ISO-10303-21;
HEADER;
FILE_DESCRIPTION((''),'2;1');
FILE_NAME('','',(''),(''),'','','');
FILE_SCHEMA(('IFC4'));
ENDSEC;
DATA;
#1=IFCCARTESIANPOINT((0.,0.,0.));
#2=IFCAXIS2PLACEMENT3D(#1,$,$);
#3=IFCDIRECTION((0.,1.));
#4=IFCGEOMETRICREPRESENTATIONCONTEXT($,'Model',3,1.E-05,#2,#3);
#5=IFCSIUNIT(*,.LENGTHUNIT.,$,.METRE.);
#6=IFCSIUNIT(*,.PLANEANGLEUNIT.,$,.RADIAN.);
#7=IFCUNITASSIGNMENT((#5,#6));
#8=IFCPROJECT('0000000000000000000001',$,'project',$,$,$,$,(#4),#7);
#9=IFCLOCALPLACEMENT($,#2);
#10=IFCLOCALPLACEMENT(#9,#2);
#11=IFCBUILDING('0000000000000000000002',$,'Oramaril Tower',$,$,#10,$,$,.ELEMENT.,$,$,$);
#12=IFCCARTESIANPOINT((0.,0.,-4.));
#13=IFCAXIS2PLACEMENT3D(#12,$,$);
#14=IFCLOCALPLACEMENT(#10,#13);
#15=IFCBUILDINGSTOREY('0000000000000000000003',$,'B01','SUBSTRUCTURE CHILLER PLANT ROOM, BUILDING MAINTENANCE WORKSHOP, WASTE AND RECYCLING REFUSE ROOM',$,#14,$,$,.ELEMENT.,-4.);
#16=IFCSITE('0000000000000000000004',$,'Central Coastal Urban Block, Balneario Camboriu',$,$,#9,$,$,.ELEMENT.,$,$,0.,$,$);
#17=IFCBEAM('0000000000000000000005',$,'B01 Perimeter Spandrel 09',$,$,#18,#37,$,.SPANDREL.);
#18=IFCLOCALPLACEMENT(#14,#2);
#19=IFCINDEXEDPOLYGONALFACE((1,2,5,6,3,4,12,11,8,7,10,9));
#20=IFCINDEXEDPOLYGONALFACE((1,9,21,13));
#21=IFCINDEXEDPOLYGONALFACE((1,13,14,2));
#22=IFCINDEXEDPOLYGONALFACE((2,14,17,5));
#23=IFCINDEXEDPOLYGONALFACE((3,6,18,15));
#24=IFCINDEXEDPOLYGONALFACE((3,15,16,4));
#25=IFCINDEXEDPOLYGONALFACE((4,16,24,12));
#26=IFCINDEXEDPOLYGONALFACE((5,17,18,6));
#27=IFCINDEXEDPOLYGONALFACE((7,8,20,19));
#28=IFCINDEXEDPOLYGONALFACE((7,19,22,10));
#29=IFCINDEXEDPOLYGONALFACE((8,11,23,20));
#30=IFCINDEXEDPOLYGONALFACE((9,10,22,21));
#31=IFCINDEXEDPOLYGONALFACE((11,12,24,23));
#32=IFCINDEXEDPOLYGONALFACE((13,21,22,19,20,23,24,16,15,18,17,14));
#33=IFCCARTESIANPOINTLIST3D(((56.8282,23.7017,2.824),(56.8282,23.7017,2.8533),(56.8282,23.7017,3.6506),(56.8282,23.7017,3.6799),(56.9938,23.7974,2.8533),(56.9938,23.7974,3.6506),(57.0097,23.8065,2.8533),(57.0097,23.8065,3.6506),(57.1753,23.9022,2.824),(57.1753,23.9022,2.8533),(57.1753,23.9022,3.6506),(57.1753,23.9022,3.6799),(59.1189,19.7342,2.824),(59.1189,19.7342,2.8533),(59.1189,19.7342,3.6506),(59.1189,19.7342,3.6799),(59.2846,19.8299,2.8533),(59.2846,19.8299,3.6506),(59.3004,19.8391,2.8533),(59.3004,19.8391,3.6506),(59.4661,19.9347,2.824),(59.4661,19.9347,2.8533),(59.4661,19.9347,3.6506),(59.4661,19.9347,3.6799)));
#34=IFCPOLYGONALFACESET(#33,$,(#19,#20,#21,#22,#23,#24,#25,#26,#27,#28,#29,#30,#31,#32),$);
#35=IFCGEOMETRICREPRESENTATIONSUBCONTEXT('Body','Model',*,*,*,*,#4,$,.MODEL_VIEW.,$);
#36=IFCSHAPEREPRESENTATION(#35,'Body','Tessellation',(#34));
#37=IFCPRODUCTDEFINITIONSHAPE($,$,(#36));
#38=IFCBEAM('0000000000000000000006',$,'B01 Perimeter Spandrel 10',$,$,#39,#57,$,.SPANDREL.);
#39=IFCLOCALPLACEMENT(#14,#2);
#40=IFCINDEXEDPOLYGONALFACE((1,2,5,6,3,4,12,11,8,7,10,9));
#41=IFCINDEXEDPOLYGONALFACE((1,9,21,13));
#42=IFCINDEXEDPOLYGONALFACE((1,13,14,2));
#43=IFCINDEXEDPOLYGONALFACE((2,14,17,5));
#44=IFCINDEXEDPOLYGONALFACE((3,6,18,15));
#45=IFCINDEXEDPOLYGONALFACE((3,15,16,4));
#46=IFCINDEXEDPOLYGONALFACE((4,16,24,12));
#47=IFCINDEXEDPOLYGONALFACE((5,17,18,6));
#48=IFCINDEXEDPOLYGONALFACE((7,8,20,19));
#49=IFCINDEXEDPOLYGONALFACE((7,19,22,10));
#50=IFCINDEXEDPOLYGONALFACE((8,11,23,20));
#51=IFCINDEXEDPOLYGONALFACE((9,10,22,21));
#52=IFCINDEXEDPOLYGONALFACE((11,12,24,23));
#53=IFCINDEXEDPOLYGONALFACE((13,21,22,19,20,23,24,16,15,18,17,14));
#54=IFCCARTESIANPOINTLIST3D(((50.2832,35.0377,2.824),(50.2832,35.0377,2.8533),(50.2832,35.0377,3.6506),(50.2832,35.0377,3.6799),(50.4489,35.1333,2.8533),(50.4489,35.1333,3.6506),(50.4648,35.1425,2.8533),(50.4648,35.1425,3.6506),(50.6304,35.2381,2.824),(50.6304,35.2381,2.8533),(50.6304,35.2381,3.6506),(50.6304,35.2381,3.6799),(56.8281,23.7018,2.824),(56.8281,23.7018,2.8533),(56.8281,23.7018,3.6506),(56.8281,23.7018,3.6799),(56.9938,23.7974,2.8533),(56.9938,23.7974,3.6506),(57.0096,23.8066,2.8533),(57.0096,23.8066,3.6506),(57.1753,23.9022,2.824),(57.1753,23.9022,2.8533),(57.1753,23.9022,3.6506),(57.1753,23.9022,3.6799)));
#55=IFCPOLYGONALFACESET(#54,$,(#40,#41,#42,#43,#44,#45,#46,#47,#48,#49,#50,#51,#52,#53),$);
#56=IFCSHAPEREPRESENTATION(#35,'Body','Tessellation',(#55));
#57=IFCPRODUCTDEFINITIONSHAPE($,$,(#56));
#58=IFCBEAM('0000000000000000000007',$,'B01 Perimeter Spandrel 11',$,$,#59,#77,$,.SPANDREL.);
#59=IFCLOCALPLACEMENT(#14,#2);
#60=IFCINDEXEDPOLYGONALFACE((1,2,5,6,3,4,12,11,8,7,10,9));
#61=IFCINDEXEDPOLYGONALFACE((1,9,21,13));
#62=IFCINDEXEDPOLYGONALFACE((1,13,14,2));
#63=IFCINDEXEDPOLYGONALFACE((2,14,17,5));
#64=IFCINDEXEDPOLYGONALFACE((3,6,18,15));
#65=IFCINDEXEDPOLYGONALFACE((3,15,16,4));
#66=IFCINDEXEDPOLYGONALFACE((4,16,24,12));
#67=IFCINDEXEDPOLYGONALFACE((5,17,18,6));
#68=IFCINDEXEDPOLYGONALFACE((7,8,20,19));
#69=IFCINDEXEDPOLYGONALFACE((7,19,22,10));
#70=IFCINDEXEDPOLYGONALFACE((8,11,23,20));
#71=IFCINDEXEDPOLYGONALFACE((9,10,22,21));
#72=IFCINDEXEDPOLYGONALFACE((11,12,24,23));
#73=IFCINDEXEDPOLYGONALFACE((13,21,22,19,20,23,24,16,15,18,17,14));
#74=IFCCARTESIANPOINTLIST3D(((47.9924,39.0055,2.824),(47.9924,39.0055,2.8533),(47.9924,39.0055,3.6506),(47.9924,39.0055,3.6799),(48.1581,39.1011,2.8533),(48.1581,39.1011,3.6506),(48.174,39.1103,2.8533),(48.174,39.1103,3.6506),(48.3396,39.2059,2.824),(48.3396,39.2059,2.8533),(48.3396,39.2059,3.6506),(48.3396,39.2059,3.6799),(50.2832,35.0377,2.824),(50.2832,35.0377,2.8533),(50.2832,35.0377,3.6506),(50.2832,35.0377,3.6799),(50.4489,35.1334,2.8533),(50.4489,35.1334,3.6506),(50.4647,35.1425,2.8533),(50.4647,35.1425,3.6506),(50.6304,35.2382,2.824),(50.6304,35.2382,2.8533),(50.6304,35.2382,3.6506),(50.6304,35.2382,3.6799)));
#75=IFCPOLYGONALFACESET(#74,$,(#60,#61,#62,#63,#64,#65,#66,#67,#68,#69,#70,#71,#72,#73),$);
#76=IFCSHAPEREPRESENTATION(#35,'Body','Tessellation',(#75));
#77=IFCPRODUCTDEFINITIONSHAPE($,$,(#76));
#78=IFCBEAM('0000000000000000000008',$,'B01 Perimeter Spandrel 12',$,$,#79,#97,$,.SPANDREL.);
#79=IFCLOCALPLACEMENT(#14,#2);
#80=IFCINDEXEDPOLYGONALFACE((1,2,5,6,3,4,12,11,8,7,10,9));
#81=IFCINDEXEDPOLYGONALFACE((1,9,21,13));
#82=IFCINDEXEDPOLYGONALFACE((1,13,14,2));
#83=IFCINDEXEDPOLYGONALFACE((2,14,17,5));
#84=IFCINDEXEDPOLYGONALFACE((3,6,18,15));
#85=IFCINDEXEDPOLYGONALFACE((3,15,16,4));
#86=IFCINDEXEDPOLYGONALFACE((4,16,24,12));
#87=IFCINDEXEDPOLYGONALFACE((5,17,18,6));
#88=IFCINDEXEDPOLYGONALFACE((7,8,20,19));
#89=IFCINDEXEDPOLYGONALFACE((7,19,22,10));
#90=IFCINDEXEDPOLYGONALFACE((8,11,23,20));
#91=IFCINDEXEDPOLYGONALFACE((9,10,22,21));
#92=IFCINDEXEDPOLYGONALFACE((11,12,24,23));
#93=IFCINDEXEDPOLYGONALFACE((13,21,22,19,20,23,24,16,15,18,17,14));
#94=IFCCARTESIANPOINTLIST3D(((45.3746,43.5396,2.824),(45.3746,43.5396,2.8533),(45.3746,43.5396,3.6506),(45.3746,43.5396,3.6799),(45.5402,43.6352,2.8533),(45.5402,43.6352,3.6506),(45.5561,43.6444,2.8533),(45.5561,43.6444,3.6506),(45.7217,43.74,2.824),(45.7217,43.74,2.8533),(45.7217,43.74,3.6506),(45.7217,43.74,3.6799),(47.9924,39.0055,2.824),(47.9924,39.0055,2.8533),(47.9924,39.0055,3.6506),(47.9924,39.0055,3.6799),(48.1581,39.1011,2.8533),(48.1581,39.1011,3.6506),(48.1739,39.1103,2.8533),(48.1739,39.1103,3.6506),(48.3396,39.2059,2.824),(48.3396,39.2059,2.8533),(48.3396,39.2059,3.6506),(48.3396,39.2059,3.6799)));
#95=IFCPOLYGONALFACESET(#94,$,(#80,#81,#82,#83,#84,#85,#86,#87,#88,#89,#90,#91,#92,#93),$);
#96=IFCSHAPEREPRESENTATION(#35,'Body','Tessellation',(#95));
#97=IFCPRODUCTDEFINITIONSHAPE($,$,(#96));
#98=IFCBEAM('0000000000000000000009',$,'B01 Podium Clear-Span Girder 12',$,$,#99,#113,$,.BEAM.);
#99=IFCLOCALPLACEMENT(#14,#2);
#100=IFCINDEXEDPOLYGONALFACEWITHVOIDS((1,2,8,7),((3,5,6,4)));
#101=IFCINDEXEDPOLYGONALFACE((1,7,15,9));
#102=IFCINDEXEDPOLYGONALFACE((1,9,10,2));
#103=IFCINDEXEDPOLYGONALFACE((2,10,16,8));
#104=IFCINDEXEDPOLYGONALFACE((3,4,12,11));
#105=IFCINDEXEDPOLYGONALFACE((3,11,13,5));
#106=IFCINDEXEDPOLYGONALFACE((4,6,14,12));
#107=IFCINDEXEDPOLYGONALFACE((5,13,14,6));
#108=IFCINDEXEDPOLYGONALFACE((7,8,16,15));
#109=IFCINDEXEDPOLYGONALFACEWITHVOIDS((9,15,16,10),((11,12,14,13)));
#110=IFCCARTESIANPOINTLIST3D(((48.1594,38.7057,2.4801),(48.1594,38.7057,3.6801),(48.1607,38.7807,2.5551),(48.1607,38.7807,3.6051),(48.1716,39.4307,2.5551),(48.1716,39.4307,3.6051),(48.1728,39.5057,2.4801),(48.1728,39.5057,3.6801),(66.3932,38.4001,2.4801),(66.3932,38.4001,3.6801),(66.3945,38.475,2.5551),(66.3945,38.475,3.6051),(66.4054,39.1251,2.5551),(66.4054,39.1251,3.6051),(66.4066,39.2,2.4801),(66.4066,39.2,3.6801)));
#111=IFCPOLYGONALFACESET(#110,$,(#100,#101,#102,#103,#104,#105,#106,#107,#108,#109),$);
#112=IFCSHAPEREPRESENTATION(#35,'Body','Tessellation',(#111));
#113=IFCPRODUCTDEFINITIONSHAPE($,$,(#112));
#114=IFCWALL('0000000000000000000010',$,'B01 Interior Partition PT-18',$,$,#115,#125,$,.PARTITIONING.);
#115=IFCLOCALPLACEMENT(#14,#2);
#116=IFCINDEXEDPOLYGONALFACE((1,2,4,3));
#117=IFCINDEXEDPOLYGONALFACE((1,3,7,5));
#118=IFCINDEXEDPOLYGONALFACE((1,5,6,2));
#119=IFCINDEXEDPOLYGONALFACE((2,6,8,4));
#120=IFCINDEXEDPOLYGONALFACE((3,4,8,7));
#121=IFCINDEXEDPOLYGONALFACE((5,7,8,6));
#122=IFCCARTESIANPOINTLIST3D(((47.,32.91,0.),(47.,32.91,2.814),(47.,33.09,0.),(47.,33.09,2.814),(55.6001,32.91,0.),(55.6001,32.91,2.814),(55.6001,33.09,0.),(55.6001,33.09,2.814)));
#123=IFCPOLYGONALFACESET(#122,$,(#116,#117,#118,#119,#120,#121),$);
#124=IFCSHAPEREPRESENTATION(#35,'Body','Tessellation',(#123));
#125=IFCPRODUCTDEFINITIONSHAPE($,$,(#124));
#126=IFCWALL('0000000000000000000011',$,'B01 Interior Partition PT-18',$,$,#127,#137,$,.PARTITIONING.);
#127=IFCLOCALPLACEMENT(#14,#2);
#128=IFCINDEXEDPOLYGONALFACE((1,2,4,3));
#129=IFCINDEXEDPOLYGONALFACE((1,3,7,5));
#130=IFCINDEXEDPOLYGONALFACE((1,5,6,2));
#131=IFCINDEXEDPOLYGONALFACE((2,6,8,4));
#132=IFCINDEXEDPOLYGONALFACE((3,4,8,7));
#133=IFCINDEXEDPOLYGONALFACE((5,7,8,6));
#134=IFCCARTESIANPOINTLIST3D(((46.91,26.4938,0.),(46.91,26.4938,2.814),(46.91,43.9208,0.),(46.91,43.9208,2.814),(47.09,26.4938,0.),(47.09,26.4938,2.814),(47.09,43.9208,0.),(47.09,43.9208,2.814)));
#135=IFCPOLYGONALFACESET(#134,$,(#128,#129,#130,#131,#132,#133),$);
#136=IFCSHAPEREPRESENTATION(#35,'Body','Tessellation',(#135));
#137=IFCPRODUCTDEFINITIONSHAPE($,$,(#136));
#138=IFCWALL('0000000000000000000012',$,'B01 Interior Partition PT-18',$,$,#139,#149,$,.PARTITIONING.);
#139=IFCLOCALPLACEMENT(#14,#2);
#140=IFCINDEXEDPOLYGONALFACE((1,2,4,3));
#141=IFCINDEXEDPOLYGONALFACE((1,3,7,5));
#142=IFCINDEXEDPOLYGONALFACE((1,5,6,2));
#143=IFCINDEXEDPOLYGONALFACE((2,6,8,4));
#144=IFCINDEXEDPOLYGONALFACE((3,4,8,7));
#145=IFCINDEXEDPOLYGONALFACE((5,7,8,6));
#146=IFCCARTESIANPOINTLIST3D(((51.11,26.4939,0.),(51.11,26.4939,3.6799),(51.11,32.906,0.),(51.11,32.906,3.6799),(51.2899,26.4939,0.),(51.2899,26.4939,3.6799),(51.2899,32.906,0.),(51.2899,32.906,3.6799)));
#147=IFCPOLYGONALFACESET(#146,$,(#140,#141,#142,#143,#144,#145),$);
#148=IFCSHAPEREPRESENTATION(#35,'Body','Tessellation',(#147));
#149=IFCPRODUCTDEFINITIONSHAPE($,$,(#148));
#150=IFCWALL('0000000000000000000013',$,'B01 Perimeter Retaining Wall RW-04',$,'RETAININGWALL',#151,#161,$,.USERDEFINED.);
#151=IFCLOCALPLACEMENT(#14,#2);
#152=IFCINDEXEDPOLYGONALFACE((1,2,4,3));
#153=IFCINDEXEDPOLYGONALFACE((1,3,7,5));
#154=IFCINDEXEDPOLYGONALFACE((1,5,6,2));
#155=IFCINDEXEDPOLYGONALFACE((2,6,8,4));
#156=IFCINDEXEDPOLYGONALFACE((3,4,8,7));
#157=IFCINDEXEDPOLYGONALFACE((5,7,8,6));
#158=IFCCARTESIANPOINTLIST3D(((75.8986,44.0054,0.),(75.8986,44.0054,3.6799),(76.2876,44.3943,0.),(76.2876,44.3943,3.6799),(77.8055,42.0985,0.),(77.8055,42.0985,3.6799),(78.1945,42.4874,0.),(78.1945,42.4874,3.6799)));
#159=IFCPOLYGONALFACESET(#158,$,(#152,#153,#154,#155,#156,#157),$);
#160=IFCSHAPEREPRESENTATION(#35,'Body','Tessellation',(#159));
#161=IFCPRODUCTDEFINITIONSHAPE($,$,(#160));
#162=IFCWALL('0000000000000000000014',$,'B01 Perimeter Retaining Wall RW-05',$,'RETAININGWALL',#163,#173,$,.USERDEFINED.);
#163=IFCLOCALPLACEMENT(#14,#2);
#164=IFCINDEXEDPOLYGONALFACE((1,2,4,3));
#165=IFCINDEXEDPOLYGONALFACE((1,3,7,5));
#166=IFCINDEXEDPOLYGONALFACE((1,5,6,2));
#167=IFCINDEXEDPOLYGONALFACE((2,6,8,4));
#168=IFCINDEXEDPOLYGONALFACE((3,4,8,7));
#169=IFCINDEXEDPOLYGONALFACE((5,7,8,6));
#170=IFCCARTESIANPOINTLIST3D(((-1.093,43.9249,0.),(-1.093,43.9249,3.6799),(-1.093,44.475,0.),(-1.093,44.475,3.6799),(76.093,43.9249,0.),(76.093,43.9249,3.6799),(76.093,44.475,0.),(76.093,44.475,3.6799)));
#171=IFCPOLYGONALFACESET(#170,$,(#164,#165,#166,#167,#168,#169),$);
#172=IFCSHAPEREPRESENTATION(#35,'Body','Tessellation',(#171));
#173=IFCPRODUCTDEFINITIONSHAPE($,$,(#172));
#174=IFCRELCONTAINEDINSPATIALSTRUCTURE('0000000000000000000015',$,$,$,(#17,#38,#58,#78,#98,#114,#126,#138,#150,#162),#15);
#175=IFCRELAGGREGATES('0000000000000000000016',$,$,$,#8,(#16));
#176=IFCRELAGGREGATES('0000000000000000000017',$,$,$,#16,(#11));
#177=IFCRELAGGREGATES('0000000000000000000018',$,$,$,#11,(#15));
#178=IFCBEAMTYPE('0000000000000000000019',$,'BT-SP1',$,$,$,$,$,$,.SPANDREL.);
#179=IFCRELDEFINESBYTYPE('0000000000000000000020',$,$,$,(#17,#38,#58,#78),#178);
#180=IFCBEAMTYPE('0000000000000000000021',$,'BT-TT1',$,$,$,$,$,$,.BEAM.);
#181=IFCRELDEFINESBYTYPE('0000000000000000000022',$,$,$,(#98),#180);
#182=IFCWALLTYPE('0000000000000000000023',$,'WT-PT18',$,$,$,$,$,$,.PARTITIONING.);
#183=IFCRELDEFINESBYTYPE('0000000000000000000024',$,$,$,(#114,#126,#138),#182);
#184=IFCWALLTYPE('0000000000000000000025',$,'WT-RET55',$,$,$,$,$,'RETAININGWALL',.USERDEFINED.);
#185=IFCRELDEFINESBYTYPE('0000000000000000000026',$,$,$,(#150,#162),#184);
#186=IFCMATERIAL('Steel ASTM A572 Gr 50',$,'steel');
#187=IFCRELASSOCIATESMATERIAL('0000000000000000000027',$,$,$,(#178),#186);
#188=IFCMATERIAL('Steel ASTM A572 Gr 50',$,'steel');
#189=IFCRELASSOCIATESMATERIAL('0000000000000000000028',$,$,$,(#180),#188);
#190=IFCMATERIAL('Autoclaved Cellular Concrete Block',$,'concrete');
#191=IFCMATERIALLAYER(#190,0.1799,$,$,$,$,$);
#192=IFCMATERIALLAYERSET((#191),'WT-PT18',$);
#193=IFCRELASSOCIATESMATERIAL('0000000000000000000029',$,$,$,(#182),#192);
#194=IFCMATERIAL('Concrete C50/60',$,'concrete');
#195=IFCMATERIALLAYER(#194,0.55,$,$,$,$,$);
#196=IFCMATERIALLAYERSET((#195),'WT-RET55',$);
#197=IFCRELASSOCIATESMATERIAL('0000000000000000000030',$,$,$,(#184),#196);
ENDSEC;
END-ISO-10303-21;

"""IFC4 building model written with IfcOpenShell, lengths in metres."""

from ifc_helpers import new_model, si_unit, direction, frame, frame_2d, origin, origin_2d, place, context, subcontext, project, spatial, rectangle, hollow_rectangle, i_section, extrude, material, layer, layer_set, material_profile, profile_set, type_object, element, save


model = new_model("IFC4")

# Units and contexts
model_context = context("Model", 3, precision=1e-05, world=origin(), true_north=direction((0.0, 1.0)))
body_context = subcontext(model_context, "Body", "Model", "MODEL_VIEW")
ifc_project = project(units=[si_unit("LENGTHUNIT", "METRE"), si_unit("PLANEANGLEUNIT", "RADIAN")], contexts=[model_context])

# Site, building, storey
site_placement = place(None, origin())
site = spatial("IfcSite", under=ifc_project, at=site_placement, Name="Central Coastal Urban Block, Balneario Camboriu", CompositionType="ELEMENT", RefElevation=0.0)
building_placement = place(site_placement, origin())
building = spatial("IfcBuilding", under=site, at=building_placement, Name="Oramaril Tower", CompositionType="ELEMENT")
storey_placement = place(building_placement, frame((0.0, 0.0, -4.0)))
storey = spatial("IfcBuildingStorey", under=building, at=storey_placement, Name="B01", Description="SUBSTRUCTURE CHILLER PLANT ROOM, BUILDING MAINTENANCE WORKSHOP, WASTE AND RECYCLING REFUSE ROOM", CompositionType="ELEMENT", Elevation=-4.0)

# Beams
ifc_material_1 = material(Name="Steel ASTM A572 Gr 50", Category="steel")
ifc_material_profile_1 = material_profile(ifc_material_1, i_section(OverallWidth=0.4009, OverallDepth=0.856, WebThickness=0.0183, FlangeThickness=0.0293, at=origin_2d()), Name="W33X201")
ifc_profile_set_1 = profile_set([ifc_material_profile_1], Name="Steel ASTM A572 Gr 50")
beam_type_1 = type_object("IfcBeamType", Name="BT-SP1", PredefinedType="SPANDREL", material=ifc_profile_set_1)
beam_1_placement = place(storey_placement, frame((59.2925, 19.8345, 3.252), z_axis=(-0.500019, 0.866014, 0.0), x_axis=(-0.866014, -0.500019, 0.0)))
element("IfcBeam", 1, at=beam_1_placement, inside=storey, type_object=beam_type_1, Name="B01 Perimeter Spandrel 09", PredefinedType="SPANDREL", context=body_context, shape_type="SweptSolid", body=[
    extrude(i_section(OverallWidth=0.4009, OverallDepth=0.856, WebThickness=0.0183, FlangeThickness=0.0293, at=origin_2d()), origin(), (0.0, 0.0, 1.0), 4.5813),
])
beam_2_placement = place(storey_placement, frame((57.0017, 23.802, 3.252), z_axis=(-0.500007, 0.866022, 0.0), x_axis=(-0.866022, -0.500007, 0.0)))
element("IfcBeam", 2, at=beam_2_placement, inside=storey, type_object=beam_type_1, Name="B01 Perimeter Spandrel 10", PredefinedType="SPANDREL", context=body_context, shape_type="SweptSolid", body=[
    extrude(i_section(OverallWidth=0.4009, OverallDepth=0.856, WebThickness=0.0183, FlangeThickness=0.0293, at=origin_2d()), origin(), (0.0, 0.0, 1.0), 13.0896),
])
beam_3_placement = place(storey_placement, frame((50.4568, 35.1379, 3.252), z_axis=(-0.499996, 0.866028, 0.0), x_axis=(-0.866028, -0.499996, 0.0)))
element("IfcBeam", 3, at=beam_3_placement, inside=storey, type_object=beam_type_1, Name="B01 Perimeter Spandrel 11", PredefinedType="SPANDREL", context=body_context, shape_type="SweptSolid", body=[
    extrude(i_section(OverallWidth=0.4009, OverallDepth=0.856, WebThickness=0.0183, FlangeThickness=0.0293, at=origin_2d()), origin(), (0.0, 0.0, 1.0), 4.5815),
])
beam_4_placement = place(storey_placement, frame((48.166, 39.1057, 3.252), z_axis=(-0.500016, 0.866016, 0.0), x_axis=(-0.866016, -0.500016, 0.0)))
element("IfcBeam", 4, at=beam_4_placement, inside=storey, type_object=beam_type_1, Name="B01 Perimeter Spandrel 12", PredefinedType="SPANDREL", context=body_context, shape_type="SweptSolid", body=[
    extrude(i_section(OverallWidth=0.4009, OverallDepth=0.856, WebThickness=0.0183, FlangeThickness=0.0293, at=origin_2d()), origin(), (0.0, 0.0, 1.0), 5.2356),
])
ifc_material_2 = material(Name="Steel ASTM A572 Gr 50", Category="steel")
ifc_material_profile_2 = material_profile(ifc_material_2, hollow_rectangle(XDim=0.8, YDim=1.2, WallThickness=0.075, at=origin_2d()), Name="BOX1200X800X75")
ifc_profile_set_2 = profile_set([ifc_material_profile_2], Name="Steel ASTM A572 Gr 50")
beam_type_2 = type_object("IfcBeamType", Name="BT-TT1", PredefinedType="BEAM", material=ifc_profile_set_2)
beam_5_placement = place(storey_placement, frame((66.3999, 38.8, 3.0801), z_axis=(-0.99986, 0.016761, 0.0), x_axis=(-0.016761, -0.99986, 0.0)))
element("IfcBeam", 5, at=beam_5_placement, inside=storey, type_object=beam_type_2, Name="B01 Podium Clear-Span Girder 12", PredefinedType="BEAM", context=body_context, shape_type="SweptSolid", body=[
    extrude(hollow_rectangle(XDim=0.8, YDim=1.2, WallThickness=0.075, at=origin_2d()), origin(), (0.0, 0.0, 1.0), 18.2363),
])

# Walls
ifc_material_3 = material(Name="Autoclaved Cellular Concrete Block", Category="concrete")
ifc_layer_1 = layer(ifc_material_3, 0.1799)
ifc_layer_set_1 = layer_set([ifc_layer_1], Name="WT-PT18")
wall_type_1 = type_object("IfcWallType", Name="WT-PT18", PredefinedType="PARTITIONING", material=ifc_layer_set_1)
wall_1_placement = place(storey_placement, frame((47.0, 33.0, 0.0), z_axis=(0.0, 0.0, 1.0), x_axis=(1.0, 0.0, 0.0)))
element("IfcWall", 6, at=wall_1_placement, inside=storey, type_object=wall_type_1, Name="B01 Interior Partition PT-18", PredefinedType="PARTITIONING", context=body_context, shape_type="SweptSolid", body=[
    extrude(rectangle(XDim=8.6001, YDim=0.1799, at=frame_2d((4.3, 0.0))), origin(), (0.0, 0.0, 1.0), 2.814),
])
wall_2_placement = place(storey_placement, frame((47.0, 26.4939, 0.0), z_axis=(0.0, 0.0, 1.0), x_axis=(0.0, 1.0, 0.0)))
element("IfcWall", 7, at=wall_2_placement, inside=storey, type_object=wall_type_1, Name="B01 Interior Partition PT-18", PredefinedType="PARTITIONING", context=body_context, shape_type="SweptSolid", body=[
    extrude(rectangle(XDim=17.427, YDim=0.1799, at=frame_2d((8.7134, 0.0))), origin(), (0.0, 0.0, 1.0), 2.814),
])
wall_3_placement = place(storey_placement, frame((51.2, 26.4939, 0.0), z_axis=(0.0, 0.0, 1.0), x_axis=(0.0, 1.0, 0.0)))
element("IfcWall", 8, at=wall_3_placement, inside=storey, type_object=wall_type_1, Name="B01 Interior Partition PT-18", PredefinedType="PARTITIONING", context=body_context, shape_type="SweptSolid", body=[
    extrude(rectangle(XDim=6.4121, YDim=0.1799, at=frame_2d((3.2061, 0.0))), origin(), (0.0, 0.0, 1.0), 3.6799),
])
ifc_material_4 = material(Name="Concrete C50/60", Category="concrete")
ifc_layer_2 = layer(ifc_material_4, 0.55)
ifc_layer_set_2 = layer_set([ifc_layer_2], Name="WT-RET55")
wall_type_2 = type_object("IfcWallType", Name="WT-RET55", ElementType="RETAININGWALL", PredefinedType="USERDEFINED", material=ifc_layer_set_2)
wall_4_placement = place(storey_placement, frame((78.0, 42.293, 0.0), z_axis=(0.0, 0.0, 1.0), x_axis=(-0.707107, 0.707107, 0.0)))
element("IfcWall", 9, at=wall_4_placement, inside=storey, type_object=wall_type_2, Name="B01 Perimeter Retaining Wall RW-04", ObjectType="RETAININGWALL", PredefinedType="USERDEFINED", context=body_context, shape_type="SweptSolid", body=[
    extrude(rectangle(XDim=2.6968, YDim=0.55, at=frame_2d((1.3484, 0.0))), origin(), (0.0, 0.0, 1.0), 3.6799),
])
wall_5_placement = place(storey_placement, frame((76.093, 44.2, 0.0), z_axis=(0.0, 0.0, 1.0), x_axis=(-1.0, 0.0, 0.0)))
element("IfcWall", 10, at=wall_5_placement, inside=storey, type_object=wall_type_2, Name="B01 Perimeter Retaining Wall RW-05", ObjectType="RETAININGWALL", PredefinedType="USERDEFINED", context=body_context, shape_type="SweptSolid", body=[
    extrude(rectangle(XDim=77.186, YDim=0.55, at=frame_2d((38.593, 0.0))), origin(), (0.0, 0.0, 1.0), 3.6799),
])

save(model, "model.ifc")
